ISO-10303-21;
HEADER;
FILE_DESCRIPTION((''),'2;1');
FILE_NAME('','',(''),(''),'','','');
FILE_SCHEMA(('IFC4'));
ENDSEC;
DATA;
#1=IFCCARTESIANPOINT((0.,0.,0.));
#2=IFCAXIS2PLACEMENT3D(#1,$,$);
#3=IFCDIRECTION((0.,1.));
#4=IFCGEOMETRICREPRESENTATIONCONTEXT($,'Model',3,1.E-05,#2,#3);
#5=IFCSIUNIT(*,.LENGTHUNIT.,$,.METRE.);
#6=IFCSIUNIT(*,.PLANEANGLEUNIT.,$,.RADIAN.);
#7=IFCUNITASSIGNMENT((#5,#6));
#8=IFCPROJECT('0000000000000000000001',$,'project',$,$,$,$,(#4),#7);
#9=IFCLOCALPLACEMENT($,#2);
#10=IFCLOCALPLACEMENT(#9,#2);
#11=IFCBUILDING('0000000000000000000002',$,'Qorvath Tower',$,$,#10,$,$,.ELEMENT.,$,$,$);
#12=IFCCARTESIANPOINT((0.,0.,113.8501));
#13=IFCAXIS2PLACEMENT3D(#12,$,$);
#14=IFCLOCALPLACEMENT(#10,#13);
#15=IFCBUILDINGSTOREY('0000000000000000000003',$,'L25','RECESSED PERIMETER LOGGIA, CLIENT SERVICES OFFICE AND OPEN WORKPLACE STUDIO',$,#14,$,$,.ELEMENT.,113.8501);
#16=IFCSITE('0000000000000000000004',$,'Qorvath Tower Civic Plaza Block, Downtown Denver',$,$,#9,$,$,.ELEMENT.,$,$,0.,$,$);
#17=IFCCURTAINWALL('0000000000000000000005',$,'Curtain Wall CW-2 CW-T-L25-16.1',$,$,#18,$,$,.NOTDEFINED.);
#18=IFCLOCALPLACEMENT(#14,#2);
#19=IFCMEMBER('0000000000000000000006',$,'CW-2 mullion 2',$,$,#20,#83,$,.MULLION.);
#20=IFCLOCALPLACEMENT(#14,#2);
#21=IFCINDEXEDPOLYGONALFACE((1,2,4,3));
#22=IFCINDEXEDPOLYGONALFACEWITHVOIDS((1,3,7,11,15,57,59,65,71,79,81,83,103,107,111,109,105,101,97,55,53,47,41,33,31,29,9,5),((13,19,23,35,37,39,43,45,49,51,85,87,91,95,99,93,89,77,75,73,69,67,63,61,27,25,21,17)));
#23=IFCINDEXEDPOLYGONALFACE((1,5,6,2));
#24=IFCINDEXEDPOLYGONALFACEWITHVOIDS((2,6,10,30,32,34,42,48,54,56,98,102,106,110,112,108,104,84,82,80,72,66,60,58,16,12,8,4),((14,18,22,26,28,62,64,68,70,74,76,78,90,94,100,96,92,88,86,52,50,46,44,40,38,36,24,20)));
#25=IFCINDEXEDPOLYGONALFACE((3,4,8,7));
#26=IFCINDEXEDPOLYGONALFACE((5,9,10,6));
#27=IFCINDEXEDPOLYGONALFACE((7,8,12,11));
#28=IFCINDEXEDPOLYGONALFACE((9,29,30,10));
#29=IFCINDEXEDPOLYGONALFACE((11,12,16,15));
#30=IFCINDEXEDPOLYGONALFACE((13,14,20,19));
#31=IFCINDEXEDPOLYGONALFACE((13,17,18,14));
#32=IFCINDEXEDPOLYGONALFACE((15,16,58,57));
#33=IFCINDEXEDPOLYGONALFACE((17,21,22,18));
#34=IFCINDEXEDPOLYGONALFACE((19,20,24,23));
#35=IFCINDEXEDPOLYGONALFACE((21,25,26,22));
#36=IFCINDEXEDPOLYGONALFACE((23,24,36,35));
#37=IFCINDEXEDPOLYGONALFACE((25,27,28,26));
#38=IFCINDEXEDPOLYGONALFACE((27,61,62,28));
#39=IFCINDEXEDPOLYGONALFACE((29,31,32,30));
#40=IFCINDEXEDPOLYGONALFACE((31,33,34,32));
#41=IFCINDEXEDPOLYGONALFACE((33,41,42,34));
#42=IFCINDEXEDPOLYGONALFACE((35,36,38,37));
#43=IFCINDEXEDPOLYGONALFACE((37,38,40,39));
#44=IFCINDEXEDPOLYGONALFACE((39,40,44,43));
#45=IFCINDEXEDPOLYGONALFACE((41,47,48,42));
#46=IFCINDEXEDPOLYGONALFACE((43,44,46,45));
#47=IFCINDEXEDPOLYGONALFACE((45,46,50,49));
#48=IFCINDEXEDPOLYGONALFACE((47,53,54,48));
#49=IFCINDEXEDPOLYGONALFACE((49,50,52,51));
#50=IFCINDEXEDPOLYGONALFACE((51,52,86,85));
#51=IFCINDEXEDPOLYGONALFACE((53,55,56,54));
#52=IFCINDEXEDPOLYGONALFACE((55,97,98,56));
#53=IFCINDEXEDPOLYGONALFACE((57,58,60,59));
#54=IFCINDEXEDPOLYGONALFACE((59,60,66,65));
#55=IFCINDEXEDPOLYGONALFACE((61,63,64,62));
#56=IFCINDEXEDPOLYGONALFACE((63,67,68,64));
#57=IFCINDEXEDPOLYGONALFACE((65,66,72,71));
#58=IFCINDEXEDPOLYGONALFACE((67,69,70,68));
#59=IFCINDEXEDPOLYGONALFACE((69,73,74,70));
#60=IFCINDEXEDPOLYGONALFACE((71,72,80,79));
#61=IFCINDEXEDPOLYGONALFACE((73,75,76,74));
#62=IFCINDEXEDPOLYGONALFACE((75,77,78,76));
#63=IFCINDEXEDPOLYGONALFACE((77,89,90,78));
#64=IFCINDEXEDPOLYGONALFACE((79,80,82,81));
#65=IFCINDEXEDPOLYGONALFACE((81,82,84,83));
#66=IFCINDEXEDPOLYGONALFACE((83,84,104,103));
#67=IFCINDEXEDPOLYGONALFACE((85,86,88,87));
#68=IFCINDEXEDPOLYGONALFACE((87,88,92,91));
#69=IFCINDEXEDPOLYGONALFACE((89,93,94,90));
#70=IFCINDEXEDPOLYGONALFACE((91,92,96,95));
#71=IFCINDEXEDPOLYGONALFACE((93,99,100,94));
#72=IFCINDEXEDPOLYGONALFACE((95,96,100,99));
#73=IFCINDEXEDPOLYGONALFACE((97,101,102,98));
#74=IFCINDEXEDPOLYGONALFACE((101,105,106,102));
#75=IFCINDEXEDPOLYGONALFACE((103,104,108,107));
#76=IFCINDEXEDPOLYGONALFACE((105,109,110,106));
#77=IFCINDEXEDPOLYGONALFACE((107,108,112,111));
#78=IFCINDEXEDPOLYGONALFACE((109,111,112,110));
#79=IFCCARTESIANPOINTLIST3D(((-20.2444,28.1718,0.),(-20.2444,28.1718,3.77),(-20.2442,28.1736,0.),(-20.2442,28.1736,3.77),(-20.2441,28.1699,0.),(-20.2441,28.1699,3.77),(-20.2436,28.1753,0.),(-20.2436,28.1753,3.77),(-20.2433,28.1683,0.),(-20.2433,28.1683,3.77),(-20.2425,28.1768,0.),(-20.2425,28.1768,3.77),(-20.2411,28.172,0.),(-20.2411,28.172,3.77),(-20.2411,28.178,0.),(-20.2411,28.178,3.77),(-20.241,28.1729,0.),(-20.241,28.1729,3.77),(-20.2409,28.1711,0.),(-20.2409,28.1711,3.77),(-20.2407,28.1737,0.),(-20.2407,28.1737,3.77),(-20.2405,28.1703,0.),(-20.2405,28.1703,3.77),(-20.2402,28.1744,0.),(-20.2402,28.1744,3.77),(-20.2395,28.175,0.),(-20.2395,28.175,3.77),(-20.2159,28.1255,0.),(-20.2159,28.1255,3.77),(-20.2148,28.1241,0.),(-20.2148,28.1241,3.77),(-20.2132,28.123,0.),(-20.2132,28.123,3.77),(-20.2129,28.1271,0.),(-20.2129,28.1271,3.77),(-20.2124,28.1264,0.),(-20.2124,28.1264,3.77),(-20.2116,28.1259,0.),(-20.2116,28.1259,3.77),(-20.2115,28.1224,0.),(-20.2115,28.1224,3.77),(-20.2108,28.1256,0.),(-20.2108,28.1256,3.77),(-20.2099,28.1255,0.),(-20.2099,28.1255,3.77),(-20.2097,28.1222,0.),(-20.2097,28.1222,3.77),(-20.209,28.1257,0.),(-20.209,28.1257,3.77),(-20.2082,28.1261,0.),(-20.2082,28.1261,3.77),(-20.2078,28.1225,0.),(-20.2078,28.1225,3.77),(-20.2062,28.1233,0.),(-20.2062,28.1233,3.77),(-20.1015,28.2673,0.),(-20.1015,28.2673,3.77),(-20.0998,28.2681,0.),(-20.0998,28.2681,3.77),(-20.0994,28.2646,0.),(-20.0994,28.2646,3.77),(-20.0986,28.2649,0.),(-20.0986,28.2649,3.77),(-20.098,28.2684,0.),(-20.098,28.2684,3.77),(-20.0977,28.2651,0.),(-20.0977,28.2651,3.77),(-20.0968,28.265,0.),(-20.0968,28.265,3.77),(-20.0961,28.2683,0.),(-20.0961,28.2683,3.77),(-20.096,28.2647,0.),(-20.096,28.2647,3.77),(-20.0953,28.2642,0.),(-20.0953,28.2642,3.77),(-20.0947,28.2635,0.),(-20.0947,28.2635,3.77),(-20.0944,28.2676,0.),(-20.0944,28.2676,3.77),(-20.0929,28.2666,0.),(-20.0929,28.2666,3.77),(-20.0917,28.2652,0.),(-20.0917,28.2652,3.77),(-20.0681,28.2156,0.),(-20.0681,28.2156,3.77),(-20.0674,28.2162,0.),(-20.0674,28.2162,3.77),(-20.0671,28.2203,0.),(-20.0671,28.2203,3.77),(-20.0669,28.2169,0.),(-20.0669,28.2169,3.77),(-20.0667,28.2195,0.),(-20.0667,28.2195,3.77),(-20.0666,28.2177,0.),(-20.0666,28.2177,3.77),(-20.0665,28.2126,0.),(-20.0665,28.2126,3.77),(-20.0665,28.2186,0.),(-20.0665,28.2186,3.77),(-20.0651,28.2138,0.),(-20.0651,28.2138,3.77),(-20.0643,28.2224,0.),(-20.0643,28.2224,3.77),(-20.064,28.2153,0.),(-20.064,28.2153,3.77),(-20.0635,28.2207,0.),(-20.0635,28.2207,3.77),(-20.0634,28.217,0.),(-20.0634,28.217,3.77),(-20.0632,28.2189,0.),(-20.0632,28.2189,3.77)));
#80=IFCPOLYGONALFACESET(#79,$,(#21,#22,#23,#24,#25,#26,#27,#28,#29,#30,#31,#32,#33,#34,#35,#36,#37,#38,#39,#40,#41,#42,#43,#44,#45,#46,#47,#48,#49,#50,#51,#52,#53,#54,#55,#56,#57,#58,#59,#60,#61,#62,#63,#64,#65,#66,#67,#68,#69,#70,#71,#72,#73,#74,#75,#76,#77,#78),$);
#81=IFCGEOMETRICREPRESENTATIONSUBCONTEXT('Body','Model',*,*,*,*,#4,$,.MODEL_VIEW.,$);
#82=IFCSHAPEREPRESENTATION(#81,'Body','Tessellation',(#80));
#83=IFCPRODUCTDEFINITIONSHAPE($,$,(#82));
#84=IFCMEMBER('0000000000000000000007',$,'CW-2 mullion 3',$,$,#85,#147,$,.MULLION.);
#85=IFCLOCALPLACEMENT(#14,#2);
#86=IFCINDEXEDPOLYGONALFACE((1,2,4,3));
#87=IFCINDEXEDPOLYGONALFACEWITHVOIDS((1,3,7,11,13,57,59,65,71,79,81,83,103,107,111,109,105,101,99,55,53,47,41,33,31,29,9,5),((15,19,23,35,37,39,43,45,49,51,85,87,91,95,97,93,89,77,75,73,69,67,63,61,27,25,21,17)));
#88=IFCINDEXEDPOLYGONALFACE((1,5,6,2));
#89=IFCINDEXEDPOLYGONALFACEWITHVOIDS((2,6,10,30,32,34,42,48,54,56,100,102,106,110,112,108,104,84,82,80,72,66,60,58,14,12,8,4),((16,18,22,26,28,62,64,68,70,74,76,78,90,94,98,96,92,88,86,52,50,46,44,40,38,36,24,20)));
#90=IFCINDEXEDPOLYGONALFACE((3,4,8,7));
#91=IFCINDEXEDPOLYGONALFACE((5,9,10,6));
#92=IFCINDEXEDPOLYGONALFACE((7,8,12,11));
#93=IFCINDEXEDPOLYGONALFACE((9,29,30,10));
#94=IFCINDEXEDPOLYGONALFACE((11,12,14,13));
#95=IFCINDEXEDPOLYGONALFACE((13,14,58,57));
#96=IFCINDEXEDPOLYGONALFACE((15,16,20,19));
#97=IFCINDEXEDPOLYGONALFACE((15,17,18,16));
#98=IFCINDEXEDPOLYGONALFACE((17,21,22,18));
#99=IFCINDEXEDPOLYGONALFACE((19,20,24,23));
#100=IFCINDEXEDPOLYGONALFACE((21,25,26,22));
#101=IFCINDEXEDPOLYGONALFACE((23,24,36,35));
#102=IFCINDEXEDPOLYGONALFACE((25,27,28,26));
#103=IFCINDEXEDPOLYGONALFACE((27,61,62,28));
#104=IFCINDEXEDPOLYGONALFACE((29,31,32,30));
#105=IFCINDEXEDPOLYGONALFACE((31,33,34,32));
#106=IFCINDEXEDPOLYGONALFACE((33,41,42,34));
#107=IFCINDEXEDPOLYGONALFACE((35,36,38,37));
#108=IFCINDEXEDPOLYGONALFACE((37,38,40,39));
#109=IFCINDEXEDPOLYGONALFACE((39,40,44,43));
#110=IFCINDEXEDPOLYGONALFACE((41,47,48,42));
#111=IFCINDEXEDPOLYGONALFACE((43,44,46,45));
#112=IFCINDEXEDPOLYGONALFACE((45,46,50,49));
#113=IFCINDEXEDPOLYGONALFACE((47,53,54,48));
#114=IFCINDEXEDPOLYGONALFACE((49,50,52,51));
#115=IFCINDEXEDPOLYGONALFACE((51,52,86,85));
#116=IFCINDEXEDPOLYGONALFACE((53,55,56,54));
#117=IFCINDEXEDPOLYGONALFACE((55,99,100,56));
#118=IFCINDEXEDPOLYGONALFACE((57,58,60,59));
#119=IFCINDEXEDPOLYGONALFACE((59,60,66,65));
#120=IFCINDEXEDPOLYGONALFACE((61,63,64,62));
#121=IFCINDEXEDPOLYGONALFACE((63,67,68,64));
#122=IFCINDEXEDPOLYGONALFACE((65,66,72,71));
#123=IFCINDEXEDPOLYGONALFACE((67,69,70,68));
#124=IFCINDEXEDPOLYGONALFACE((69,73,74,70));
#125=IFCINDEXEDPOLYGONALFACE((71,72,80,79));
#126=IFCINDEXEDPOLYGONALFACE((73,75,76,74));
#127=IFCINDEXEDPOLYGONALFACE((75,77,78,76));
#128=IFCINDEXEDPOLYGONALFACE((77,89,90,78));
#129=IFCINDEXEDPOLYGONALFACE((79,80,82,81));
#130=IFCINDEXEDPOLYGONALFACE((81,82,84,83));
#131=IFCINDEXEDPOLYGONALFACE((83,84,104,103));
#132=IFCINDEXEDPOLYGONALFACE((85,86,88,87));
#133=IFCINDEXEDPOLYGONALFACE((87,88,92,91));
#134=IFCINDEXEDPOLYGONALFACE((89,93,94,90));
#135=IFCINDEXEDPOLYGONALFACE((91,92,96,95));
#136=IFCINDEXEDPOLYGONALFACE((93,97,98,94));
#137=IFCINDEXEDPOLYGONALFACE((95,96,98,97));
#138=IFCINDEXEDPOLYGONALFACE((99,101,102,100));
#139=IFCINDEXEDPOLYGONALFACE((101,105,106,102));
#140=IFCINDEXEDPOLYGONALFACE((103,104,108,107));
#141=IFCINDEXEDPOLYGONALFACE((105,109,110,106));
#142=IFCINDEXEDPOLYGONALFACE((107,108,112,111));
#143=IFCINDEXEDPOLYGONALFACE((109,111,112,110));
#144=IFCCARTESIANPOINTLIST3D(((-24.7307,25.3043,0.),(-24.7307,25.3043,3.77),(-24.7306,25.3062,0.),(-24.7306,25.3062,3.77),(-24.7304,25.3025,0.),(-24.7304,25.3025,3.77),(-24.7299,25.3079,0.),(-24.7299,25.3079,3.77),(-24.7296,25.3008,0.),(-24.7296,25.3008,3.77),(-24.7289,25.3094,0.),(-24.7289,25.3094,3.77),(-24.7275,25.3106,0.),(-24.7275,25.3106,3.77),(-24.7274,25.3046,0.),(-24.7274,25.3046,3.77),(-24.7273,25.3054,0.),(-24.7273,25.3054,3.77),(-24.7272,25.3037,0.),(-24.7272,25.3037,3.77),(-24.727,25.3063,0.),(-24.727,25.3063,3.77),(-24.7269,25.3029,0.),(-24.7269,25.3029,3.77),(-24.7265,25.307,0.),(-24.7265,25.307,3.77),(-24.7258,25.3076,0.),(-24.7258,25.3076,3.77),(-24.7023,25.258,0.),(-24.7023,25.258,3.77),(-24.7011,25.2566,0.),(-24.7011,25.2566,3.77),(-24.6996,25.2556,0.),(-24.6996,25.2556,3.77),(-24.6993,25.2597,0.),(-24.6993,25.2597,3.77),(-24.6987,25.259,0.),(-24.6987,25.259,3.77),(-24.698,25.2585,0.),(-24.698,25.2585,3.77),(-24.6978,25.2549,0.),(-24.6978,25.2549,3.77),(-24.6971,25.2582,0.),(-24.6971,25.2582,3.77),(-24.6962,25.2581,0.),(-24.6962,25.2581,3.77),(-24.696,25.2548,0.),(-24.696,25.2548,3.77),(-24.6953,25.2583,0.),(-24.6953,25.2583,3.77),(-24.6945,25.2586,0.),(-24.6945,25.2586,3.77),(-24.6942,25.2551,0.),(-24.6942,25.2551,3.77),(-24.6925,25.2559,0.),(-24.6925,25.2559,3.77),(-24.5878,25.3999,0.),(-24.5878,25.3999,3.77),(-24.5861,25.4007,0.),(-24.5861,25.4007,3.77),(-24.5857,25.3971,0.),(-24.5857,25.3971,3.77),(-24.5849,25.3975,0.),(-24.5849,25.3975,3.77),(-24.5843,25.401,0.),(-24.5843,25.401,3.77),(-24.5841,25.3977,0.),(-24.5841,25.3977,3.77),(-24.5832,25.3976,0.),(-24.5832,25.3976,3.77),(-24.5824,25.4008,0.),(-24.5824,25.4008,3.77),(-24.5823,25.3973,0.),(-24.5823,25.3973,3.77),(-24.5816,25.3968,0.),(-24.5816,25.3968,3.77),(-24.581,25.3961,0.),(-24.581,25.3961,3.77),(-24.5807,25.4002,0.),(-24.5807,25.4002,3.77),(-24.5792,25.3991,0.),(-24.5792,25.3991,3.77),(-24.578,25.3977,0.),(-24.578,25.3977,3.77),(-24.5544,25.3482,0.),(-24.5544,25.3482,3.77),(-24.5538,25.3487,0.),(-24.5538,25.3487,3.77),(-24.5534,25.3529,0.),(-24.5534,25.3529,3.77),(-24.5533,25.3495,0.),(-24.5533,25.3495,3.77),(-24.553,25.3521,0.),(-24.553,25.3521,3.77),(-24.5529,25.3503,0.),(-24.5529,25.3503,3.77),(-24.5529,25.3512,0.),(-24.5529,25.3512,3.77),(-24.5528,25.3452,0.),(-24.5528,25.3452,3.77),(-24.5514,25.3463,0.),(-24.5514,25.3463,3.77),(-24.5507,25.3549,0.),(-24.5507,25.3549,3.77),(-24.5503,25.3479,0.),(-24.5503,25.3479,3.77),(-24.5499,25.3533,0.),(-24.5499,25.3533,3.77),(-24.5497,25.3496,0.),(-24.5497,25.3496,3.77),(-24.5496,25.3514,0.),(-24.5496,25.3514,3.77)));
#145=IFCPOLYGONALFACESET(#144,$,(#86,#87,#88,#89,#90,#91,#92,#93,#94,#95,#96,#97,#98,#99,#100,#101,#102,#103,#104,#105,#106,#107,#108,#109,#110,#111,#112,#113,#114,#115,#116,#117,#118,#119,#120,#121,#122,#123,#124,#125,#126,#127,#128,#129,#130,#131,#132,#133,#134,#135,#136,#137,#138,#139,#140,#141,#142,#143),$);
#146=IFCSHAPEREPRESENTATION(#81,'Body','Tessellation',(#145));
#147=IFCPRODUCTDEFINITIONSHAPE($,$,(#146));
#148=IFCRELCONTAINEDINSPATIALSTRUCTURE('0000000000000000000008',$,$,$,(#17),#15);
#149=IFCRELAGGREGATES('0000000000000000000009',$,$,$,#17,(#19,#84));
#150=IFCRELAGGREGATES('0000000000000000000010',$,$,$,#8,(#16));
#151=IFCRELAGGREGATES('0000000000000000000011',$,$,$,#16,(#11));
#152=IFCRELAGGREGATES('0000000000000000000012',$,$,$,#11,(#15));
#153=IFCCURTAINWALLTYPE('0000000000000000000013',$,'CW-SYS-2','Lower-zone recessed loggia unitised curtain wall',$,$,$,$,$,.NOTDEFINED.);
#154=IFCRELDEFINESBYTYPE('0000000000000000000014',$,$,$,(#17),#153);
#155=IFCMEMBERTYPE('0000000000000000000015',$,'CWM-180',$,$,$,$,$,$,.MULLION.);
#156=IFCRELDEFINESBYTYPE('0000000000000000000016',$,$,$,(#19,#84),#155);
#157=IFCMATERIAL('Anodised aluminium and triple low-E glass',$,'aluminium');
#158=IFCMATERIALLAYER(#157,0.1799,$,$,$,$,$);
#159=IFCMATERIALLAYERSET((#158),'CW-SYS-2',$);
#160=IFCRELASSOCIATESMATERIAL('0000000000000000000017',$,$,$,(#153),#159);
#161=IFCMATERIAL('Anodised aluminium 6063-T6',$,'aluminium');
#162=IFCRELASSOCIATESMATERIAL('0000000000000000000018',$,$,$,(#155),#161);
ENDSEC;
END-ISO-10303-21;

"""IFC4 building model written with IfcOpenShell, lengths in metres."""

from ifc_helpers import new_model, si_unit, direction, frame, origin, origin_2d, place, context, subcontext, project, spatial, hollow_rectangle, extrude, material, layer, layer_set, material_profile, profile_set, type_object, element, aggregate, save


model = new_model("IFC4")

# Units and contexts
model_context = context("Model", 3, precision=1e-05, world=origin(), true_north=direction((0.0, 1.0)))
body_context = subcontext(model_context, "Body", "Model", "MODEL_VIEW")
ifc_project = project(units=[si_unit("LENGTHUNIT", "METRE"), si_unit("PLANEANGLEUNIT", "RADIAN")], contexts=[model_context])

# Site, building, storey
site_placement = place(None, origin())
site = spatial("IfcSite", under=ifc_project, at=site_placement, Name="Qorvath Tower Civic Plaza Block, Downtown Denver", CompositionType="ELEMENT", RefElevation=0.0)
building_placement = place(site_placement, origin())
building = spatial("IfcBuilding", under=site, at=building_placement, Name="Qorvath Tower", CompositionType="ELEMENT")
storey_placement = place(building_placement, frame((0.0, 0.0, 113.8501)))
storey = spatial("IfcBuildingStorey", under=building, at=storey_placement, Name="L25", Description="RECESSED PERIMETER LOGGIA, CLIENT SERVICES OFFICE AND OPEN WORKPLACE STUDIO", CompositionType="ELEMENT", Elevation=113.8501)

# Curtain wall, members
ifc_material_1 = material(Name="Anodised aluminium and triple low-E glass", Category="aluminium")
ifc_layer_1 = layer(ifc_material_1, 0.1799)
ifc_layer_set_1 = layer_set([ifc_layer_1], Name="CW-SYS-2")
curtain_wall_type = type_object("IfcCurtainWallType", Name="CW-SYS-2", Description="Lower-zone recessed loggia unitised curtain wall", PredefinedType="NOTDEFINED", material=ifc_layer_set_1)
curtain_wall_1_placement = place(storey_placement, origin())
curtain_wall_1 = element("IfcCurtainWall", 1, at=curtain_wall_1_placement, inside=storey, type_object=curtain_wall_type, Name="Curtain Wall CW-2 CW-T-L25-16.1", PredefinedType="NOTDEFINED")
ifc_material_2 = material(Name="Anodised aluminium 6063-T6", Category="aluminium")
ifc_material_profile_1 = material_profile(ifc_material_2, hollow_rectangle(XDim=0.0649, YDim=0.1799, WallThickness=0.0034, InnerFilletRadius=0.0034, OuterFilletRadius=0.0071, at=origin_2d()), Name="CWM 180x65")
ifc_profile_set_1 = profile_set([ifc_material_profile_1], Name="Anodised aluminium 6063-T6")
member_type_1 = type_object("IfcMemberType", Name="CWM-180", PredefinedType="MULLION", material=ifc_profile_set_1)
member_1_placement = place(storey_placement, frame((-20.1538, 28.1953, 0.0), z_axis=(0.0, 0.0, 1.0), x_axis=(0.538533, -0.842604, 0.0)))
member_1 = element("IfcMember", 2, at=member_1_placement, type_object=member_type_1, Name="CW-2 mullion 2", PredefinedType="MULLION", context=body_context, shape_type="SweptSolid", body=[
    extrude(hollow_rectangle(XDim=0.0649, YDim=0.1799, WallThickness=0.0034, InnerFilletRadius=0.0034, OuterFilletRadius=0.0071, at=origin_2d()), origin(), (0.0, 0.0, 1.0), 3.77),
])
member_2_placement = place(storey_placement, frame((-24.6401, 25.3279, 0.0), z_axis=(0.0, 0.0, 1.0), x_axis=(0.538533, -0.842604, 0.0)))
member_2 = element("IfcMember", 3, at=member_2_placement, type_object=member_type_1, Name="CW-2 mullion 3", PredefinedType="MULLION", context=body_context, shape_type="SweptSolid", body=[
    extrude(hollow_rectangle(XDim=0.0649, YDim=0.1799, WallThickness=0.0034, InnerFilletRadius=0.0034, OuterFilletRadius=0.0071, at=origin_2d()), origin(), (0.0, 0.0, 1.0), 3.77),
])

aggregate(curtain_wall_1, [member_1, member_2])

save(model, "model.ifc")
